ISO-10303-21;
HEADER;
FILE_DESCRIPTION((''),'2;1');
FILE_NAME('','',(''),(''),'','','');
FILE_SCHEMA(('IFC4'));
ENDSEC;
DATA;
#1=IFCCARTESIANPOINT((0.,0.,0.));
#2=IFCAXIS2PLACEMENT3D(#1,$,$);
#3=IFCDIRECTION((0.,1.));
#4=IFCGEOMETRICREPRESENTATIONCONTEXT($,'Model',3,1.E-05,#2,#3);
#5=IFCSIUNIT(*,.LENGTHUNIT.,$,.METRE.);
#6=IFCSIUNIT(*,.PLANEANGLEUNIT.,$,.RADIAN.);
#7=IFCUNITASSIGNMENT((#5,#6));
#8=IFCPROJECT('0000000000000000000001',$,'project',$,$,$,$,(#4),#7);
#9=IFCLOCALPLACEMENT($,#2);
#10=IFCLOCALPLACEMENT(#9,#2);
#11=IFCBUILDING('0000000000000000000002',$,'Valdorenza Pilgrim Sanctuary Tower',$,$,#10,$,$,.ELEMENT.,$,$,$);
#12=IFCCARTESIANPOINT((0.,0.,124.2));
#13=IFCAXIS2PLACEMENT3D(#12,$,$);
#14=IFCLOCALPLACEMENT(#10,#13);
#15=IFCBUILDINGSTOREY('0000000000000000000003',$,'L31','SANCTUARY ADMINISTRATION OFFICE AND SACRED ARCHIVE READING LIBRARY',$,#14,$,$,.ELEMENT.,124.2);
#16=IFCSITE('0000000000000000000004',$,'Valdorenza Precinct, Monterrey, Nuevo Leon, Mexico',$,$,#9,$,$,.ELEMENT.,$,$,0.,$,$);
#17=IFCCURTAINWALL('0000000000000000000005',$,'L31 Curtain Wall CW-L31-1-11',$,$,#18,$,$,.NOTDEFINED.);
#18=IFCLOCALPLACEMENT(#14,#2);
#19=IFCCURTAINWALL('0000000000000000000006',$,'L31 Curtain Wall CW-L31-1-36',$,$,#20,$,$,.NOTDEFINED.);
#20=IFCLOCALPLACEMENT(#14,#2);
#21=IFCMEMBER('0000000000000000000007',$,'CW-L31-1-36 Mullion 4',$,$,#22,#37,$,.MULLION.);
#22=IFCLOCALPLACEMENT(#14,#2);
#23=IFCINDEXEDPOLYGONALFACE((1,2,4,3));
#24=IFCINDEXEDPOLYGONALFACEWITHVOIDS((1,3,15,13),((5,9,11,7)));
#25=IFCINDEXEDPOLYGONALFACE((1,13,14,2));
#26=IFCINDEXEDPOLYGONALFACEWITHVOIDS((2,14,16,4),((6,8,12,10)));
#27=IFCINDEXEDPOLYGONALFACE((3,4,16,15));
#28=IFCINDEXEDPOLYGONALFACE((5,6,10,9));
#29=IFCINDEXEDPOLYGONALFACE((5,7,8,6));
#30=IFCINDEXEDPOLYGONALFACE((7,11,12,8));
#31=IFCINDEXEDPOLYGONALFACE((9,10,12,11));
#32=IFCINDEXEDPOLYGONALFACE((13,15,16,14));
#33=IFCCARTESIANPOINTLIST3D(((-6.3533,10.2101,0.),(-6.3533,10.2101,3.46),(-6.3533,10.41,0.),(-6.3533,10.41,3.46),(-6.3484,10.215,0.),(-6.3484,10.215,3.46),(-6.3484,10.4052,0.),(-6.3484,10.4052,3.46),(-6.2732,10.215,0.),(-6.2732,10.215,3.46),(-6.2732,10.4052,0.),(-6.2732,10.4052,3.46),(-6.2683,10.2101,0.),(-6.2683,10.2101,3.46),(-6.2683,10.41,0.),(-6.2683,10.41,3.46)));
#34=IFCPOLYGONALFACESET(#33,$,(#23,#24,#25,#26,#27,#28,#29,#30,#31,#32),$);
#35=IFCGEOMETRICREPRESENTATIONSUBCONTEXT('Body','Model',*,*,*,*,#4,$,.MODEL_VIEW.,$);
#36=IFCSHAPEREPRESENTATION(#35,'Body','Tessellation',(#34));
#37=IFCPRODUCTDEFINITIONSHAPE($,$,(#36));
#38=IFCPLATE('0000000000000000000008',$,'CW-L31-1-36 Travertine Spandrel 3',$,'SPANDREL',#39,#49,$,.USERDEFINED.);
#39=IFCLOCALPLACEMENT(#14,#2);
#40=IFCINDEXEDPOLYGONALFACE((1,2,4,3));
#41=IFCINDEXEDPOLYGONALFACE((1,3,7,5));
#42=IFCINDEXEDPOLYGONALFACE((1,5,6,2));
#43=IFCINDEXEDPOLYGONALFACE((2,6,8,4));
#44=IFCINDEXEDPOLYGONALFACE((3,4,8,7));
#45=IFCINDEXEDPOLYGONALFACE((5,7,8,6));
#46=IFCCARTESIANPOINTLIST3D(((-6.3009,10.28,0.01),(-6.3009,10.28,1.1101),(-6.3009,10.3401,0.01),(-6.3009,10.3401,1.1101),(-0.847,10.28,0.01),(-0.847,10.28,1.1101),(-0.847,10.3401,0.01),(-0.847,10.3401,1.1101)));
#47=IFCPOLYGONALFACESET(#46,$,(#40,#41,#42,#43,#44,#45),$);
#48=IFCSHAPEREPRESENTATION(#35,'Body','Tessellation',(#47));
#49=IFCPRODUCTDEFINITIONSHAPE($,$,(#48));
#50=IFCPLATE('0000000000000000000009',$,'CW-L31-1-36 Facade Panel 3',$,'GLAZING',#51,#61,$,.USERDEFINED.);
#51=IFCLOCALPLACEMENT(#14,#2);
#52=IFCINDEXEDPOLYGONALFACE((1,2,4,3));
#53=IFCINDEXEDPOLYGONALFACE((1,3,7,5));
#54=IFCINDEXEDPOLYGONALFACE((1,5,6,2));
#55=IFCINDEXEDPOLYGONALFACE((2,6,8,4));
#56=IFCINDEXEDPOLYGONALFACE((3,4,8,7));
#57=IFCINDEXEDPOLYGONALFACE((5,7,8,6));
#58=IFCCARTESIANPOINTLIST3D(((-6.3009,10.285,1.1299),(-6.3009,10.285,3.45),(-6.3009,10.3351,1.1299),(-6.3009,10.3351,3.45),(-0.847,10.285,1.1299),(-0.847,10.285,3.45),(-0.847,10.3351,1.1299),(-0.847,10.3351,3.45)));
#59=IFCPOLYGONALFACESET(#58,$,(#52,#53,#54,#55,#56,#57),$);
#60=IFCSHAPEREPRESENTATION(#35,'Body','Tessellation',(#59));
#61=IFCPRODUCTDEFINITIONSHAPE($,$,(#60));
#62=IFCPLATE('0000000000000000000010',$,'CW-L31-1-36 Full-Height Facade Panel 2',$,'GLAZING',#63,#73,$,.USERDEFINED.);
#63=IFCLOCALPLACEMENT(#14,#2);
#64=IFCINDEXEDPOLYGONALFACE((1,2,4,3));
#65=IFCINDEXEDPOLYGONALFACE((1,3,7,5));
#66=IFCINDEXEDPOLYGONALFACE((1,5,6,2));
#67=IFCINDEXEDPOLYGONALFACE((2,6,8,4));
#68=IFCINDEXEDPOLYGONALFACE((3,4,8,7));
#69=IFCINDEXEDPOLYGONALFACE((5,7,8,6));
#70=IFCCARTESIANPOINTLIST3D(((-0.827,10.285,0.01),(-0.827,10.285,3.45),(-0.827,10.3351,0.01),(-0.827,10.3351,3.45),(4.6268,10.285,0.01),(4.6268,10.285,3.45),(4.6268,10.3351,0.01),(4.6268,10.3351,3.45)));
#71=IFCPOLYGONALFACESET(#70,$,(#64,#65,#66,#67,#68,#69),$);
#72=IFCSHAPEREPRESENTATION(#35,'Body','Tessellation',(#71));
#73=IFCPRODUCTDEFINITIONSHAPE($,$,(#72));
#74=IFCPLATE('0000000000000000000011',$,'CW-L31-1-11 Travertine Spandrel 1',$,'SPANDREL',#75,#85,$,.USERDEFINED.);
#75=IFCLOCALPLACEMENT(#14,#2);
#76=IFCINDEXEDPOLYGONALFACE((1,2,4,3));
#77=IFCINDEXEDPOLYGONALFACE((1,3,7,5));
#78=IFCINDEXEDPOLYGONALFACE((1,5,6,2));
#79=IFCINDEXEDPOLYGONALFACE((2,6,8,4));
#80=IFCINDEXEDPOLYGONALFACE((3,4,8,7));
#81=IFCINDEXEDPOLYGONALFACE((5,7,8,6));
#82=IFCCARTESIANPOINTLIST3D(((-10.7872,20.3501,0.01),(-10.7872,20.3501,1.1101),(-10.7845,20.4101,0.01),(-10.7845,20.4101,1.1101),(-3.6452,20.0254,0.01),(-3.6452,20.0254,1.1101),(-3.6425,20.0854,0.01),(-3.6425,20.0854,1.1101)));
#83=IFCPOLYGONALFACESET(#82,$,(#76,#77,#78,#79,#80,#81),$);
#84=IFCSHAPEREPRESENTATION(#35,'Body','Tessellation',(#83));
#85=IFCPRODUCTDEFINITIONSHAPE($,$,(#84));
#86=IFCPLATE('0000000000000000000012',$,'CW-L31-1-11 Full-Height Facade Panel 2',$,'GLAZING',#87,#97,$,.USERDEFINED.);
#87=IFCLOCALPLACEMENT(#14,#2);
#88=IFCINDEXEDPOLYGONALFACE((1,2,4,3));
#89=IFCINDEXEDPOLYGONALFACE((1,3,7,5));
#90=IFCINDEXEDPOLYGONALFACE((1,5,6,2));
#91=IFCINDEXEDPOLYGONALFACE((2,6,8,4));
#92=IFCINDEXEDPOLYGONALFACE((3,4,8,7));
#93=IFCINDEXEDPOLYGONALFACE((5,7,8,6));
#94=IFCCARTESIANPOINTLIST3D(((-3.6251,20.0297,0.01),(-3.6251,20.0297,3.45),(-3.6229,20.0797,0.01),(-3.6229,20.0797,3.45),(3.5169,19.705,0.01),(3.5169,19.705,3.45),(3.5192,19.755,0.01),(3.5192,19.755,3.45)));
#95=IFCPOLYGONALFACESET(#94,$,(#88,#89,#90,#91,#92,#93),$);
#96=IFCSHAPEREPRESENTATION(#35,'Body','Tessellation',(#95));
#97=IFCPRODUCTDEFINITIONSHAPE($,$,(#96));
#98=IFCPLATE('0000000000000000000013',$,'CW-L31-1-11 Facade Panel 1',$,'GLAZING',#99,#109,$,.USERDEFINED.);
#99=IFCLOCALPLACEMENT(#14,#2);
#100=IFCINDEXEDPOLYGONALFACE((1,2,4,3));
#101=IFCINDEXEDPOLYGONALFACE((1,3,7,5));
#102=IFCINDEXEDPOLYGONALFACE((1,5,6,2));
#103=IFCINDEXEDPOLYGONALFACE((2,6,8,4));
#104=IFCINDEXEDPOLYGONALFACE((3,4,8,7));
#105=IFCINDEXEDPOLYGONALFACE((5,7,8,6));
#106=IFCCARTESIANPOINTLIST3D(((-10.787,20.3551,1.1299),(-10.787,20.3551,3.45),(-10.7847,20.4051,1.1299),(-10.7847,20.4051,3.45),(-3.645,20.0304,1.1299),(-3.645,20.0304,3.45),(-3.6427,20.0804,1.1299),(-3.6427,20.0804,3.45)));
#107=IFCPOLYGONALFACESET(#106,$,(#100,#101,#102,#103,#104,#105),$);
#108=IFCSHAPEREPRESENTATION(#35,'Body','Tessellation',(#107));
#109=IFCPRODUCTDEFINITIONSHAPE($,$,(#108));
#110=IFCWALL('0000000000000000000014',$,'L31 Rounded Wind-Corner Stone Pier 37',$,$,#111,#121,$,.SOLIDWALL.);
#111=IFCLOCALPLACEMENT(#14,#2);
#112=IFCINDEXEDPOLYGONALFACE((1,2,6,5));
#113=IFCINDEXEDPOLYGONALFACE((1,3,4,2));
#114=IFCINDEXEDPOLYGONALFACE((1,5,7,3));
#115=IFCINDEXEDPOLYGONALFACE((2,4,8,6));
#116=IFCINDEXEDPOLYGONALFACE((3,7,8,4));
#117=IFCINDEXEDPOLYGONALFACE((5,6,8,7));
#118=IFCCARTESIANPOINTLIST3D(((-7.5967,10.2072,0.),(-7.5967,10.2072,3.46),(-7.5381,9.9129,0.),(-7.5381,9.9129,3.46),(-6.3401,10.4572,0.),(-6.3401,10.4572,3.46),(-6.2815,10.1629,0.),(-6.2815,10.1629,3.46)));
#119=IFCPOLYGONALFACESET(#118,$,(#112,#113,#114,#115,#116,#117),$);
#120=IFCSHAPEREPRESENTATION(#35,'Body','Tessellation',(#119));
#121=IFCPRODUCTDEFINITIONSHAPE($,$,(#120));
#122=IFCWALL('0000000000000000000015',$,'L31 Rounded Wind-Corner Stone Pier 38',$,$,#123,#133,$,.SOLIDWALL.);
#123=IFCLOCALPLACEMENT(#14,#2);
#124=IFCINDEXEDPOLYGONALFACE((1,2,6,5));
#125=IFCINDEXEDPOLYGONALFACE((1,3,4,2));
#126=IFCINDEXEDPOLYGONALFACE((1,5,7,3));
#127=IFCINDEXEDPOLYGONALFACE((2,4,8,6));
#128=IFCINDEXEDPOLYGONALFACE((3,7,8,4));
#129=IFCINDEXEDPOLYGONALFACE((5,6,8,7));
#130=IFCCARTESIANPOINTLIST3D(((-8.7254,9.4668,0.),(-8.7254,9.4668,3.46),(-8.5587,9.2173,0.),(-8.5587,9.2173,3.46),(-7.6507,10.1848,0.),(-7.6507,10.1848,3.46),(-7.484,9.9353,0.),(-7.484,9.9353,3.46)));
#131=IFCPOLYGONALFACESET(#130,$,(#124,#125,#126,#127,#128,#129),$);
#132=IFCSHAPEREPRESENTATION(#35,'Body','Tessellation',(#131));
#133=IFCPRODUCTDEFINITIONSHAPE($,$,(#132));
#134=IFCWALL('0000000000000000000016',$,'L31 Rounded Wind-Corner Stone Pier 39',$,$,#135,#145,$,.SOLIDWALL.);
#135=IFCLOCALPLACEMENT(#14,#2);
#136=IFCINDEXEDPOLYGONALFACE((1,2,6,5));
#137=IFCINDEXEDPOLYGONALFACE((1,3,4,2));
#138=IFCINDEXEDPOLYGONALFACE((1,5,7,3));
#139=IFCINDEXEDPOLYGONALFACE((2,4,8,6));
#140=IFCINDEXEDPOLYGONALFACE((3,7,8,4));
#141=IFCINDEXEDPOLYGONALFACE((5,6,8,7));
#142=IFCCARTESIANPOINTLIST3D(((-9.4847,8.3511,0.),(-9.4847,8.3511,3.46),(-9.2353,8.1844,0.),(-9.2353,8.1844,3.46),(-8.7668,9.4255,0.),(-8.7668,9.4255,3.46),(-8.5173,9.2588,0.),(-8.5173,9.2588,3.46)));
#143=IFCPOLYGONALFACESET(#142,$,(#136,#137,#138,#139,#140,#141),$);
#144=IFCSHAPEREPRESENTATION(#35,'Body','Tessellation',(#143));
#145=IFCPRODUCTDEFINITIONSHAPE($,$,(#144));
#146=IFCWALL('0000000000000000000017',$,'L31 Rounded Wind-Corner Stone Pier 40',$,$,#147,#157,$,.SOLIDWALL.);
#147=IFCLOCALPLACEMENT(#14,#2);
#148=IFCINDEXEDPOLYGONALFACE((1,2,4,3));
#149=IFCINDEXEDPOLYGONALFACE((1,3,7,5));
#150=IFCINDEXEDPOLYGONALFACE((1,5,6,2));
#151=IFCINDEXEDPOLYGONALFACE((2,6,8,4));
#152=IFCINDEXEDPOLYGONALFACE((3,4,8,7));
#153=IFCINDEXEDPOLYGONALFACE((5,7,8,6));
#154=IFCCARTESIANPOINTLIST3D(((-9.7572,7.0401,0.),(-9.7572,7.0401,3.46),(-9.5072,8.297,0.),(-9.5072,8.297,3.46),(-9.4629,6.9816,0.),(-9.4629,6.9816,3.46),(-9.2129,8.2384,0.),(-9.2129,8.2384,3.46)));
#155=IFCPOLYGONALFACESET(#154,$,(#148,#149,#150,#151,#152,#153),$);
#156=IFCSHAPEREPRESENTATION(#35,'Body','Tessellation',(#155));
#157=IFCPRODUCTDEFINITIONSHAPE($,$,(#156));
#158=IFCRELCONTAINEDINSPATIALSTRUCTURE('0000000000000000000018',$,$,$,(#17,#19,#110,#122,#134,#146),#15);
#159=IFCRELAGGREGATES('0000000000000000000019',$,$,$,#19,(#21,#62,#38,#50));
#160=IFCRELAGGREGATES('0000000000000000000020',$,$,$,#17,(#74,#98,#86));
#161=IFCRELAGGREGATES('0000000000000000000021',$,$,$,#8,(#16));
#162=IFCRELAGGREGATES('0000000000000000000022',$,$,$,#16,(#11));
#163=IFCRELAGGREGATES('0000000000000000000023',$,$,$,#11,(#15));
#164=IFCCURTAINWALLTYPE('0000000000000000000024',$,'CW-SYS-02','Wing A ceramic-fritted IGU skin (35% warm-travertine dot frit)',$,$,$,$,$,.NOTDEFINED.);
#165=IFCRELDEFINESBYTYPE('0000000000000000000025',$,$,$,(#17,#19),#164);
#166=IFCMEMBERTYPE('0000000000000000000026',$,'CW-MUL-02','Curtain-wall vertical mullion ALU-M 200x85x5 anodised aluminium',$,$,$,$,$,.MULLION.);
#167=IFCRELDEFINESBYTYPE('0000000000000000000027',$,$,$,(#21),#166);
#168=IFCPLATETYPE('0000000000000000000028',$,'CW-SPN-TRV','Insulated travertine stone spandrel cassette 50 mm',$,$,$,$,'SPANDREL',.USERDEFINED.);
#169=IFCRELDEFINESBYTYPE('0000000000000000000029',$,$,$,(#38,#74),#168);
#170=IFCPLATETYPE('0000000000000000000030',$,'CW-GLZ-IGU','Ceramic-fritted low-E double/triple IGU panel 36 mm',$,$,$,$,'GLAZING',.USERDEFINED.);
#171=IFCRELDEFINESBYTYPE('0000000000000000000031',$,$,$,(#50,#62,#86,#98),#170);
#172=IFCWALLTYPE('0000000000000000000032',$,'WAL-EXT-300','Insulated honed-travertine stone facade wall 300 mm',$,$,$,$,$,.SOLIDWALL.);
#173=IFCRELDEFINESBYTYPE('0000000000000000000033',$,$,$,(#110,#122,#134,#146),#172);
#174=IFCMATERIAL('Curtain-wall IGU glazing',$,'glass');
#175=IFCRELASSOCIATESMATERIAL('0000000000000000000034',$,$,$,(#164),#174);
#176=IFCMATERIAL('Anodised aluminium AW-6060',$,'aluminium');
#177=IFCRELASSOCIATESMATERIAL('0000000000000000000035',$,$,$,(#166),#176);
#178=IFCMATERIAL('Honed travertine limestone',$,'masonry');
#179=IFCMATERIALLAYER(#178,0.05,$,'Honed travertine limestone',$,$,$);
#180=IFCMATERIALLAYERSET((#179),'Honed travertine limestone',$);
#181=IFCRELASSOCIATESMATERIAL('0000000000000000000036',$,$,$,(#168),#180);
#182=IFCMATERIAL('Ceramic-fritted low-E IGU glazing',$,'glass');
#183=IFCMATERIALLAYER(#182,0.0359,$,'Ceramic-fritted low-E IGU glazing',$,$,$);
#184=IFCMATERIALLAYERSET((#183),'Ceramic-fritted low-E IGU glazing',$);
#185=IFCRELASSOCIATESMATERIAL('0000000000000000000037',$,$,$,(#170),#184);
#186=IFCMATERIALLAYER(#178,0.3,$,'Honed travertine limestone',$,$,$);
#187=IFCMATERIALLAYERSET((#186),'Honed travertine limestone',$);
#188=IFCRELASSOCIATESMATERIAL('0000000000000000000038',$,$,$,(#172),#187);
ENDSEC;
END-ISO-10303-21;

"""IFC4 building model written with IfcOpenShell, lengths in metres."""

from ifc_helpers import new_model, si_unit, direction, frame, frame_2d, origin, origin_2d, place, context, subcontext, project, spatial, rectangle, hollow_rectangle, extrude, source, transform, mapped, material, layer, layer_set, material_profile, profile_set, type_object, element, aggregate, save


model = new_model("IFC4")

# Units and contexts
model_context = context("Model", 3, precision=1e-05, world=origin(), true_north=direction((0.0, 1.0)))
body_context = subcontext(model_context, "Body", "Model", "MODEL_VIEW")
ifc_project = project(units=[si_unit("LENGTHUNIT", "METRE"), si_unit("PLANEANGLEUNIT", "RADIAN")], contexts=[model_context])

# Site, building, storey
site_placement = place(None, origin())
site = spatial("IfcSite", under=ifc_project, at=site_placement, Name="Valdorenza Precinct, Monterrey, Nuevo Leon, Mexico", CompositionType="ELEMENT", RefElevation=0.0)
building_placement = place(site_placement, origin())
building = spatial("IfcBuilding", under=site, at=building_placement, Name="Valdorenza Pilgrim Sanctuary Tower", CompositionType="ELEMENT")
storey_placement = place(building_placement, frame((0.0, 0.0, 124.2)))
storey = spatial("IfcBuildingStorey", under=building, at=storey_placement, Name="L31", Description="SANCTUARY ADMINISTRATION OFFICE AND SACRED ARCHIVE READING LIBRARY", CompositionType="ELEMENT", Elevation=124.2)

# Curtain wall
ifc_material_1 = material(Name="Curtain-wall IGU glazing", Category="glass")
curtain_wall_type = type_object("IfcCurtainWallType", Name="CW-SYS-02", Description="Wing A ceramic-fritted IGU skin (35% warm-travertine dot frit)", PredefinedType="NOTDEFINED", material=ifc_material_1)
curtain_wall_1_placement = place(storey_placement, origin())
curtain_wall_1 = element("IfcCurtainWall", 1, at=curtain_wall_1_placement, inside=storey, type_object=curtain_wall_type, Name="L31 Curtain Wall CW-L31-1-11", PredefinedType="NOTDEFINED")
ifc_material_2 = material(Name="Anodised aluminium AW-6060", Category="aluminium")
ifc_material_profile_1 = material_profile(ifc_material_2, hollow_rectangle(XDim=0.085, YDim=0.2, WallThickness=0.0049, at=origin_2d()), Name="ALU-M 200x85x5")
ifc_profile_set_1 = profile_set([ifc_material_profile_1], Name="Anodised aluminium AW-6060")
member_type = type_object("IfcMemberType", Name="CW-MUL-02", Description="Curtain-wall vertical mullion ALU-M 200x85x5 anodised aluminium", PredefinedType="MULLION", material=ifc_profile_set_1)
shared_shape_1 = source(origin(), body_context, "Body", "SweptSolid", [
    extrude(hollow_rectangle(XDim=0.085, YDim=0.2, WallThickness=0.0049, at=origin_2d()), origin(), (0.0, 0.0, 1.0), 3.46),
])

# Curtain wall, member, plates
curtain_wall_2_placement = place(storey_placement, origin())
curtain_wall_2 = element("IfcCurtainWall", 2, at=curtain_wall_2_placement, inside=storey, type_object=curtain_wall_type, Name="L31 Curtain Wall CW-L31-1-36", PredefinedType="NOTDEFINED")
member_1_placement = place(storey_placement, frame((-6.3108, 10.3101, 0.0), z_axis=(0.0, 0.0, 1.0), x_axis=(-1.0, 0.0, 0.0)))
member_1 = element("IfcMember", 3, at=member_1_placement, type_object=member_type, Name="CW-L31-1-36 Mullion 4", PredefinedType="MULLION", context=body_context, shape_type="MappedRepresentation", body=[
    mapped(shared_shape_1, transform((0.0, 0.0, 0.0), x_axis=(1.0, 0.0, 0.0), y_axis=(0.0, 1.0, 0.0), z_axis=(0.0, 0.0, 1.0), scale=1.0)),
])
ifc_material_3 = material(Name="Honed travertine limestone", Category="masonry")
ifc_layer_1 = layer(ifc_material_3, 0.05, Name="Honed travertine limestone")
ifc_layer_set_1 = layer_set([ifc_layer_1], Name="Honed travertine limestone")
plate_type_1 = type_object("IfcPlateType", Name="CW-SPN-TRV", Description="Insulated travertine stone spandrel cassette 50 mm", ElementType="SPANDREL", PredefinedType="USERDEFINED", material=ifc_layer_set_1)
shared_shape_2 = source(origin(), body_context, "Body", "SweptSolid", [
    extrude(rectangle(XDim=5.4539, YDim=0.0601, at=origin_2d()), origin(), (0.0, 0.0, 1.0), 1.1001),
])
plate_1_placement = place(storey_placement, frame((-3.574, 10.3101, 0.01), z_axis=(0.0, 0.0, 1.0), x_axis=(-1.0, 0.0, 0.0)))
plate_1 = element("IfcPlate", 4, at=plate_1_placement, type_object=plate_type_1, Name="CW-L31-1-36 Travertine Spandrel 3", ObjectType="SPANDREL", PredefinedType="USERDEFINED", context=body_context, shape_type="MappedRepresentation", body=[
    mapped(shared_shape_2, transform((0.0, 0.0, 0.0), x_axis=(1.0, 0.0, 0.0), y_axis=(0.0, 1.0, 0.0), z_axis=(0.0, 0.0, 1.0), scale=1.0)),
])
ifc_material_4 = material(Name="Ceramic-fritted low-E IGU glazing", Category="glass")
ifc_layer_2 = layer(ifc_material_4, 0.0359, Name="Ceramic-fritted low-E IGU glazing")
ifc_layer_set_2 = layer_set([ifc_layer_2], Name="Ceramic-fritted low-E IGU glazing")
plate_type_2 = type_object("IfcPlateType", Name="CW-GLZ-IGU", Description="Ceramic-fritted low-E double/triple IGU panel 36 mm", ElementType="GLAZING", PredefinedType="USERDEFINED", material=ifc_layer_set_2)
shared_shape_3 = source(origin(), body_context, "Body", "SweptSolid", [
    extrude(rectangle(XDim=5.4539, YDim=0.05, at=origin_2d()), origin(), (0.0, 0.0, 1.0), 2.3201),
])
plate_2_placement = place(storey_placement, frame((-3.574, 10.3101, 1.1299), z_axis=(0.0, 0.0, 1.0), x_axis=(-1.0, 0.0, 0.0)))
plate_2 = element("IfcPlate", 5, at=plate_2_placement, type_object=plate_type_2, Name="CW-L31-1-36 Facade Panel 3", ObjectType="GLAZING", PredefinedType="USERDEFINED", context=body_context, shape_type="MappedRepresentation", body=[
    mapped(shared_shape_3, transform((0.0, 0.0, 0.0), x_axis=(1.0, 0.0, 0.0), y_axis=(0.0, 1.0, 0.0), z_axis=(0.0, 0.0, 1.0), scale=1.0)),
])
shared_shape_4 = source(origin(), body_context, "Body", "SweptSolid", [
    extrude(rectangle(XDim=5.4539, YDim=0.05, at=origin_2d()), origin(), (0.0, 0.0, 1.0), 3.4399),
])
plate_3_placement = place(storey_placement, frame((1.8999, 10.3101, 0.01), z_axis=(0.0, 0.0, 1.0), x_axis=(-1.0, 0.0, 0.0)))
plate_3 = element("IfcPlate", 6, at=plate_3_placement, type_object=plate_type_2, Name="CW-L31-1-36 Full-Height Facade Panel 2", ObjectType="GLAZING", PredefinedType="USERDEFINED", context=body_context, shape_type="MappedRepresentation", body=[
    mapped(shared_shape_4, transform((0.0, 0.0, 0.0), x_axis=(1.0, 0.0, 0.0), y_axis=(0.0, 1.0, 0.0), z_axis=(0.0, 0.0, 1.0), scale=1.0)),
])
aggregate(curtain_wall_2, [member_1, plate_3, plate_1, plate_2])

# Plates
shared_shape_5 = source(origin(), body_context, "Body", "SweptSolid", [
    extrude(rectangle(XDim=7.1494, YDim=0.0601, at=origin_2d()), origin(), (0.0, 0.0, 1.0), 1.1001),
])
plate_4_placement = place(storey_placement, frame((-7.2148, 20.2178, 0.01), z_axis=(0.0, 0.0, 1.0), x_axis=(0.998968, -0.045415, 0.0)))
plate_4 = element("IfcPlate", 7, at=plate_4_placement, type_object=plate_type_1, Name="CW-L31-1-11 Travertine Spandrel 1", ObjectType="SPANDREL", PredefinedType="USERDEFINED", context=body_context, shape_type="MappedRepresentation", body=[
    mapped(shared_shape_5, transform((0.0, 0.0, 0.0), x_axis=(1.0, 0.0, 0.0), y_axis=(0.0, 1.0, 0.0), z_axis=(0.0, 0.0, 1.0), scale=1.0)),
])
shared_shape_6 = source(origin(), body_context, "Body", "SweptSolid", [
    extrude(rectangle(XDim=7.1494, YDim=0.05, at=origin_2d()), origin(), (0.0, 0.0, 1.0), 3.4399),
])
plate_5_placement = place(storey_placement, frame((-0.053, 19.8923, 0.01), z_axis=(0.0, 0.0, 1.0), x_axis=(0.998968, -0.045415, 0.0)))
plate_5 = element("IfcPlate", 8, at=plate_5_placement, type_object=plate_type_2, Name="CW-L31-1-11 Full-Height Facade Panel 2", ObjectType="GLAZING", PredefinedType="USERDEFINED", context=body_context, shape_type="MappedRepresentation", body=[
    mapped(shared_shape_6, transform((0.0, 0.0, 0.0), x_axis=(1.0, 0.0, 0.0), y_axis=(0.0, 1.0, 0.0), z_axis=(0.0, 0.0, 1.0), scale=1.0)),
])
shared_shape_7 = source(origin(), body_context, "Body", "SweptSolid", [
    extrude(rectangle(XDim=7.1494, YDim=0.05, at=origin_2d()), origin(), (0.0, 0.0, 1.0), 2.3201),
])
plate_6_placement = place(storey_placement, frame((-7.2148, 20.2178, 1.1299), z_axis=(0.0, 0.0, 1.0), x_axis=(0.998968, -0.045415, 0.0)))
plate_6 = element("IfcPlate", 9, at=plate_6_placement, type_object=plate_type_2, Name="CW-L31-1-11 Facade Panel 1", ObjectType="GLAZING", PredefinedType="USERDEFINED", context=body_context, shape_type="MappedRepresentation", body=[
    mapped(shared_shape_7, transform((0.0, 0.0, 0.0), x_axis=(1.0, 0.0, 0.0), y_axis=(0.0, 1.0, 0.0), z_axis=(0.0, 0.0, 1.0), scale=1.0)),
])
aggregate(curtain_wall_1, [plate_4, plate_6, plate_5])

# Walls
ifc_layer_3 = layer(ifc_material_3, 0.3, Name="Honed travertine limestone")
ifc_layer_set_3 = layer_set([ifc_layer_3], Name="Honed travertine limestone")
wall_type = type_object("IfcWallType", Name="WAL-EXT-300", Description="Insulated honed-travertine stone facade wall 300 mm", PredefinedType="SOLIDWALL", material=ifc_layer_set_3)
wall_1_placement = place(storey_placement, frame((-6.3108, 10.3101, 0.0), z_axis=(0.0, 0.0, 1.0), x_axis=(-0.980778, -0.195127, 0.0)))
element("IfcWall", 10, at=wall_1_placement, inside=storey, type_object=wall_type, Name="L31 Rounded Wind-Corner Stone Pier 37", PredefinedType="SOLIDWALL", context=body_context, shape_type="SweptSolid", body=[
    extrude(rectangle(XDim=1.2812, YDim=0.3, at=frame_2d((0.6406, 0.0))), origin(), (0.0, 0.0, 1.0), 3.46),
])
wall_2_placement = place(storey_placement, frame((-7.5674, 10.0601, 0.0), z_axis=(0.0, 0.0, 1.0), x_axis=(-0.831498, -0.555528, 0.0)))
element("IfcWall", 11, at=wall_2_placement, inside=storey, type_object=wall_type, Name="L31 Rounded Wind-Corner Stone Pier 38", PredefinedType="SOLIDWALL", context=body_context, shape_type="SweptSolid", body=[
    extrude(rectangle(XDim=1.2925, YDim=0.3, at=frame_2d((0.6462, 0.0))), origin(), (0.0, 0.0, 1.0), 3.46),
])
wall_3_placement = place(storey_placement, frame((-8.6421, 9.342, 0.0), z_axis=(0.0, 0.0, 1.0), x_axis=(-0.555615, -0.831439, 0.0)))
element("IfcWall", 12, at=wall_3_placement, inside=storey, type_object=wall_type, Name="L31 Rounded Wind-Corner Stone Pier 39", PredefinedType="SOLIDWALL", context=body_context, shape_type="SweptSolid", body=[
    extrude(rectangle(XDim=1.2922, YDim=0.3, at=frame_2d((0.646, 0.0))), origin(), (0.0, 0.0, 1.0), 3.46),
])
wall_4_placement = place(storey_placement, frame((-9.3601, 8.2676, 0.0), z_axis=(0.0, 0.0, 1.0), x_axis=(-0.19509, -0.980785, 0.0)))
element("IfcWall", 13, at=wall_4_placement, inside=storey, type_object=wall_type, Name="L31 Rounded Wind-Corner Stone Pier 40", PredefinedType="SOLIDWALL", context=body_context, shape_type="SweptSolid", body=[
    extrude(rectangle(XDim=1.2815, YDim=0.3, at=frame_2d((0.6406, 0.0))), origin(), (0.0, 0.0, 1.0), 3.46),
])

save(model, "model.ifc")
